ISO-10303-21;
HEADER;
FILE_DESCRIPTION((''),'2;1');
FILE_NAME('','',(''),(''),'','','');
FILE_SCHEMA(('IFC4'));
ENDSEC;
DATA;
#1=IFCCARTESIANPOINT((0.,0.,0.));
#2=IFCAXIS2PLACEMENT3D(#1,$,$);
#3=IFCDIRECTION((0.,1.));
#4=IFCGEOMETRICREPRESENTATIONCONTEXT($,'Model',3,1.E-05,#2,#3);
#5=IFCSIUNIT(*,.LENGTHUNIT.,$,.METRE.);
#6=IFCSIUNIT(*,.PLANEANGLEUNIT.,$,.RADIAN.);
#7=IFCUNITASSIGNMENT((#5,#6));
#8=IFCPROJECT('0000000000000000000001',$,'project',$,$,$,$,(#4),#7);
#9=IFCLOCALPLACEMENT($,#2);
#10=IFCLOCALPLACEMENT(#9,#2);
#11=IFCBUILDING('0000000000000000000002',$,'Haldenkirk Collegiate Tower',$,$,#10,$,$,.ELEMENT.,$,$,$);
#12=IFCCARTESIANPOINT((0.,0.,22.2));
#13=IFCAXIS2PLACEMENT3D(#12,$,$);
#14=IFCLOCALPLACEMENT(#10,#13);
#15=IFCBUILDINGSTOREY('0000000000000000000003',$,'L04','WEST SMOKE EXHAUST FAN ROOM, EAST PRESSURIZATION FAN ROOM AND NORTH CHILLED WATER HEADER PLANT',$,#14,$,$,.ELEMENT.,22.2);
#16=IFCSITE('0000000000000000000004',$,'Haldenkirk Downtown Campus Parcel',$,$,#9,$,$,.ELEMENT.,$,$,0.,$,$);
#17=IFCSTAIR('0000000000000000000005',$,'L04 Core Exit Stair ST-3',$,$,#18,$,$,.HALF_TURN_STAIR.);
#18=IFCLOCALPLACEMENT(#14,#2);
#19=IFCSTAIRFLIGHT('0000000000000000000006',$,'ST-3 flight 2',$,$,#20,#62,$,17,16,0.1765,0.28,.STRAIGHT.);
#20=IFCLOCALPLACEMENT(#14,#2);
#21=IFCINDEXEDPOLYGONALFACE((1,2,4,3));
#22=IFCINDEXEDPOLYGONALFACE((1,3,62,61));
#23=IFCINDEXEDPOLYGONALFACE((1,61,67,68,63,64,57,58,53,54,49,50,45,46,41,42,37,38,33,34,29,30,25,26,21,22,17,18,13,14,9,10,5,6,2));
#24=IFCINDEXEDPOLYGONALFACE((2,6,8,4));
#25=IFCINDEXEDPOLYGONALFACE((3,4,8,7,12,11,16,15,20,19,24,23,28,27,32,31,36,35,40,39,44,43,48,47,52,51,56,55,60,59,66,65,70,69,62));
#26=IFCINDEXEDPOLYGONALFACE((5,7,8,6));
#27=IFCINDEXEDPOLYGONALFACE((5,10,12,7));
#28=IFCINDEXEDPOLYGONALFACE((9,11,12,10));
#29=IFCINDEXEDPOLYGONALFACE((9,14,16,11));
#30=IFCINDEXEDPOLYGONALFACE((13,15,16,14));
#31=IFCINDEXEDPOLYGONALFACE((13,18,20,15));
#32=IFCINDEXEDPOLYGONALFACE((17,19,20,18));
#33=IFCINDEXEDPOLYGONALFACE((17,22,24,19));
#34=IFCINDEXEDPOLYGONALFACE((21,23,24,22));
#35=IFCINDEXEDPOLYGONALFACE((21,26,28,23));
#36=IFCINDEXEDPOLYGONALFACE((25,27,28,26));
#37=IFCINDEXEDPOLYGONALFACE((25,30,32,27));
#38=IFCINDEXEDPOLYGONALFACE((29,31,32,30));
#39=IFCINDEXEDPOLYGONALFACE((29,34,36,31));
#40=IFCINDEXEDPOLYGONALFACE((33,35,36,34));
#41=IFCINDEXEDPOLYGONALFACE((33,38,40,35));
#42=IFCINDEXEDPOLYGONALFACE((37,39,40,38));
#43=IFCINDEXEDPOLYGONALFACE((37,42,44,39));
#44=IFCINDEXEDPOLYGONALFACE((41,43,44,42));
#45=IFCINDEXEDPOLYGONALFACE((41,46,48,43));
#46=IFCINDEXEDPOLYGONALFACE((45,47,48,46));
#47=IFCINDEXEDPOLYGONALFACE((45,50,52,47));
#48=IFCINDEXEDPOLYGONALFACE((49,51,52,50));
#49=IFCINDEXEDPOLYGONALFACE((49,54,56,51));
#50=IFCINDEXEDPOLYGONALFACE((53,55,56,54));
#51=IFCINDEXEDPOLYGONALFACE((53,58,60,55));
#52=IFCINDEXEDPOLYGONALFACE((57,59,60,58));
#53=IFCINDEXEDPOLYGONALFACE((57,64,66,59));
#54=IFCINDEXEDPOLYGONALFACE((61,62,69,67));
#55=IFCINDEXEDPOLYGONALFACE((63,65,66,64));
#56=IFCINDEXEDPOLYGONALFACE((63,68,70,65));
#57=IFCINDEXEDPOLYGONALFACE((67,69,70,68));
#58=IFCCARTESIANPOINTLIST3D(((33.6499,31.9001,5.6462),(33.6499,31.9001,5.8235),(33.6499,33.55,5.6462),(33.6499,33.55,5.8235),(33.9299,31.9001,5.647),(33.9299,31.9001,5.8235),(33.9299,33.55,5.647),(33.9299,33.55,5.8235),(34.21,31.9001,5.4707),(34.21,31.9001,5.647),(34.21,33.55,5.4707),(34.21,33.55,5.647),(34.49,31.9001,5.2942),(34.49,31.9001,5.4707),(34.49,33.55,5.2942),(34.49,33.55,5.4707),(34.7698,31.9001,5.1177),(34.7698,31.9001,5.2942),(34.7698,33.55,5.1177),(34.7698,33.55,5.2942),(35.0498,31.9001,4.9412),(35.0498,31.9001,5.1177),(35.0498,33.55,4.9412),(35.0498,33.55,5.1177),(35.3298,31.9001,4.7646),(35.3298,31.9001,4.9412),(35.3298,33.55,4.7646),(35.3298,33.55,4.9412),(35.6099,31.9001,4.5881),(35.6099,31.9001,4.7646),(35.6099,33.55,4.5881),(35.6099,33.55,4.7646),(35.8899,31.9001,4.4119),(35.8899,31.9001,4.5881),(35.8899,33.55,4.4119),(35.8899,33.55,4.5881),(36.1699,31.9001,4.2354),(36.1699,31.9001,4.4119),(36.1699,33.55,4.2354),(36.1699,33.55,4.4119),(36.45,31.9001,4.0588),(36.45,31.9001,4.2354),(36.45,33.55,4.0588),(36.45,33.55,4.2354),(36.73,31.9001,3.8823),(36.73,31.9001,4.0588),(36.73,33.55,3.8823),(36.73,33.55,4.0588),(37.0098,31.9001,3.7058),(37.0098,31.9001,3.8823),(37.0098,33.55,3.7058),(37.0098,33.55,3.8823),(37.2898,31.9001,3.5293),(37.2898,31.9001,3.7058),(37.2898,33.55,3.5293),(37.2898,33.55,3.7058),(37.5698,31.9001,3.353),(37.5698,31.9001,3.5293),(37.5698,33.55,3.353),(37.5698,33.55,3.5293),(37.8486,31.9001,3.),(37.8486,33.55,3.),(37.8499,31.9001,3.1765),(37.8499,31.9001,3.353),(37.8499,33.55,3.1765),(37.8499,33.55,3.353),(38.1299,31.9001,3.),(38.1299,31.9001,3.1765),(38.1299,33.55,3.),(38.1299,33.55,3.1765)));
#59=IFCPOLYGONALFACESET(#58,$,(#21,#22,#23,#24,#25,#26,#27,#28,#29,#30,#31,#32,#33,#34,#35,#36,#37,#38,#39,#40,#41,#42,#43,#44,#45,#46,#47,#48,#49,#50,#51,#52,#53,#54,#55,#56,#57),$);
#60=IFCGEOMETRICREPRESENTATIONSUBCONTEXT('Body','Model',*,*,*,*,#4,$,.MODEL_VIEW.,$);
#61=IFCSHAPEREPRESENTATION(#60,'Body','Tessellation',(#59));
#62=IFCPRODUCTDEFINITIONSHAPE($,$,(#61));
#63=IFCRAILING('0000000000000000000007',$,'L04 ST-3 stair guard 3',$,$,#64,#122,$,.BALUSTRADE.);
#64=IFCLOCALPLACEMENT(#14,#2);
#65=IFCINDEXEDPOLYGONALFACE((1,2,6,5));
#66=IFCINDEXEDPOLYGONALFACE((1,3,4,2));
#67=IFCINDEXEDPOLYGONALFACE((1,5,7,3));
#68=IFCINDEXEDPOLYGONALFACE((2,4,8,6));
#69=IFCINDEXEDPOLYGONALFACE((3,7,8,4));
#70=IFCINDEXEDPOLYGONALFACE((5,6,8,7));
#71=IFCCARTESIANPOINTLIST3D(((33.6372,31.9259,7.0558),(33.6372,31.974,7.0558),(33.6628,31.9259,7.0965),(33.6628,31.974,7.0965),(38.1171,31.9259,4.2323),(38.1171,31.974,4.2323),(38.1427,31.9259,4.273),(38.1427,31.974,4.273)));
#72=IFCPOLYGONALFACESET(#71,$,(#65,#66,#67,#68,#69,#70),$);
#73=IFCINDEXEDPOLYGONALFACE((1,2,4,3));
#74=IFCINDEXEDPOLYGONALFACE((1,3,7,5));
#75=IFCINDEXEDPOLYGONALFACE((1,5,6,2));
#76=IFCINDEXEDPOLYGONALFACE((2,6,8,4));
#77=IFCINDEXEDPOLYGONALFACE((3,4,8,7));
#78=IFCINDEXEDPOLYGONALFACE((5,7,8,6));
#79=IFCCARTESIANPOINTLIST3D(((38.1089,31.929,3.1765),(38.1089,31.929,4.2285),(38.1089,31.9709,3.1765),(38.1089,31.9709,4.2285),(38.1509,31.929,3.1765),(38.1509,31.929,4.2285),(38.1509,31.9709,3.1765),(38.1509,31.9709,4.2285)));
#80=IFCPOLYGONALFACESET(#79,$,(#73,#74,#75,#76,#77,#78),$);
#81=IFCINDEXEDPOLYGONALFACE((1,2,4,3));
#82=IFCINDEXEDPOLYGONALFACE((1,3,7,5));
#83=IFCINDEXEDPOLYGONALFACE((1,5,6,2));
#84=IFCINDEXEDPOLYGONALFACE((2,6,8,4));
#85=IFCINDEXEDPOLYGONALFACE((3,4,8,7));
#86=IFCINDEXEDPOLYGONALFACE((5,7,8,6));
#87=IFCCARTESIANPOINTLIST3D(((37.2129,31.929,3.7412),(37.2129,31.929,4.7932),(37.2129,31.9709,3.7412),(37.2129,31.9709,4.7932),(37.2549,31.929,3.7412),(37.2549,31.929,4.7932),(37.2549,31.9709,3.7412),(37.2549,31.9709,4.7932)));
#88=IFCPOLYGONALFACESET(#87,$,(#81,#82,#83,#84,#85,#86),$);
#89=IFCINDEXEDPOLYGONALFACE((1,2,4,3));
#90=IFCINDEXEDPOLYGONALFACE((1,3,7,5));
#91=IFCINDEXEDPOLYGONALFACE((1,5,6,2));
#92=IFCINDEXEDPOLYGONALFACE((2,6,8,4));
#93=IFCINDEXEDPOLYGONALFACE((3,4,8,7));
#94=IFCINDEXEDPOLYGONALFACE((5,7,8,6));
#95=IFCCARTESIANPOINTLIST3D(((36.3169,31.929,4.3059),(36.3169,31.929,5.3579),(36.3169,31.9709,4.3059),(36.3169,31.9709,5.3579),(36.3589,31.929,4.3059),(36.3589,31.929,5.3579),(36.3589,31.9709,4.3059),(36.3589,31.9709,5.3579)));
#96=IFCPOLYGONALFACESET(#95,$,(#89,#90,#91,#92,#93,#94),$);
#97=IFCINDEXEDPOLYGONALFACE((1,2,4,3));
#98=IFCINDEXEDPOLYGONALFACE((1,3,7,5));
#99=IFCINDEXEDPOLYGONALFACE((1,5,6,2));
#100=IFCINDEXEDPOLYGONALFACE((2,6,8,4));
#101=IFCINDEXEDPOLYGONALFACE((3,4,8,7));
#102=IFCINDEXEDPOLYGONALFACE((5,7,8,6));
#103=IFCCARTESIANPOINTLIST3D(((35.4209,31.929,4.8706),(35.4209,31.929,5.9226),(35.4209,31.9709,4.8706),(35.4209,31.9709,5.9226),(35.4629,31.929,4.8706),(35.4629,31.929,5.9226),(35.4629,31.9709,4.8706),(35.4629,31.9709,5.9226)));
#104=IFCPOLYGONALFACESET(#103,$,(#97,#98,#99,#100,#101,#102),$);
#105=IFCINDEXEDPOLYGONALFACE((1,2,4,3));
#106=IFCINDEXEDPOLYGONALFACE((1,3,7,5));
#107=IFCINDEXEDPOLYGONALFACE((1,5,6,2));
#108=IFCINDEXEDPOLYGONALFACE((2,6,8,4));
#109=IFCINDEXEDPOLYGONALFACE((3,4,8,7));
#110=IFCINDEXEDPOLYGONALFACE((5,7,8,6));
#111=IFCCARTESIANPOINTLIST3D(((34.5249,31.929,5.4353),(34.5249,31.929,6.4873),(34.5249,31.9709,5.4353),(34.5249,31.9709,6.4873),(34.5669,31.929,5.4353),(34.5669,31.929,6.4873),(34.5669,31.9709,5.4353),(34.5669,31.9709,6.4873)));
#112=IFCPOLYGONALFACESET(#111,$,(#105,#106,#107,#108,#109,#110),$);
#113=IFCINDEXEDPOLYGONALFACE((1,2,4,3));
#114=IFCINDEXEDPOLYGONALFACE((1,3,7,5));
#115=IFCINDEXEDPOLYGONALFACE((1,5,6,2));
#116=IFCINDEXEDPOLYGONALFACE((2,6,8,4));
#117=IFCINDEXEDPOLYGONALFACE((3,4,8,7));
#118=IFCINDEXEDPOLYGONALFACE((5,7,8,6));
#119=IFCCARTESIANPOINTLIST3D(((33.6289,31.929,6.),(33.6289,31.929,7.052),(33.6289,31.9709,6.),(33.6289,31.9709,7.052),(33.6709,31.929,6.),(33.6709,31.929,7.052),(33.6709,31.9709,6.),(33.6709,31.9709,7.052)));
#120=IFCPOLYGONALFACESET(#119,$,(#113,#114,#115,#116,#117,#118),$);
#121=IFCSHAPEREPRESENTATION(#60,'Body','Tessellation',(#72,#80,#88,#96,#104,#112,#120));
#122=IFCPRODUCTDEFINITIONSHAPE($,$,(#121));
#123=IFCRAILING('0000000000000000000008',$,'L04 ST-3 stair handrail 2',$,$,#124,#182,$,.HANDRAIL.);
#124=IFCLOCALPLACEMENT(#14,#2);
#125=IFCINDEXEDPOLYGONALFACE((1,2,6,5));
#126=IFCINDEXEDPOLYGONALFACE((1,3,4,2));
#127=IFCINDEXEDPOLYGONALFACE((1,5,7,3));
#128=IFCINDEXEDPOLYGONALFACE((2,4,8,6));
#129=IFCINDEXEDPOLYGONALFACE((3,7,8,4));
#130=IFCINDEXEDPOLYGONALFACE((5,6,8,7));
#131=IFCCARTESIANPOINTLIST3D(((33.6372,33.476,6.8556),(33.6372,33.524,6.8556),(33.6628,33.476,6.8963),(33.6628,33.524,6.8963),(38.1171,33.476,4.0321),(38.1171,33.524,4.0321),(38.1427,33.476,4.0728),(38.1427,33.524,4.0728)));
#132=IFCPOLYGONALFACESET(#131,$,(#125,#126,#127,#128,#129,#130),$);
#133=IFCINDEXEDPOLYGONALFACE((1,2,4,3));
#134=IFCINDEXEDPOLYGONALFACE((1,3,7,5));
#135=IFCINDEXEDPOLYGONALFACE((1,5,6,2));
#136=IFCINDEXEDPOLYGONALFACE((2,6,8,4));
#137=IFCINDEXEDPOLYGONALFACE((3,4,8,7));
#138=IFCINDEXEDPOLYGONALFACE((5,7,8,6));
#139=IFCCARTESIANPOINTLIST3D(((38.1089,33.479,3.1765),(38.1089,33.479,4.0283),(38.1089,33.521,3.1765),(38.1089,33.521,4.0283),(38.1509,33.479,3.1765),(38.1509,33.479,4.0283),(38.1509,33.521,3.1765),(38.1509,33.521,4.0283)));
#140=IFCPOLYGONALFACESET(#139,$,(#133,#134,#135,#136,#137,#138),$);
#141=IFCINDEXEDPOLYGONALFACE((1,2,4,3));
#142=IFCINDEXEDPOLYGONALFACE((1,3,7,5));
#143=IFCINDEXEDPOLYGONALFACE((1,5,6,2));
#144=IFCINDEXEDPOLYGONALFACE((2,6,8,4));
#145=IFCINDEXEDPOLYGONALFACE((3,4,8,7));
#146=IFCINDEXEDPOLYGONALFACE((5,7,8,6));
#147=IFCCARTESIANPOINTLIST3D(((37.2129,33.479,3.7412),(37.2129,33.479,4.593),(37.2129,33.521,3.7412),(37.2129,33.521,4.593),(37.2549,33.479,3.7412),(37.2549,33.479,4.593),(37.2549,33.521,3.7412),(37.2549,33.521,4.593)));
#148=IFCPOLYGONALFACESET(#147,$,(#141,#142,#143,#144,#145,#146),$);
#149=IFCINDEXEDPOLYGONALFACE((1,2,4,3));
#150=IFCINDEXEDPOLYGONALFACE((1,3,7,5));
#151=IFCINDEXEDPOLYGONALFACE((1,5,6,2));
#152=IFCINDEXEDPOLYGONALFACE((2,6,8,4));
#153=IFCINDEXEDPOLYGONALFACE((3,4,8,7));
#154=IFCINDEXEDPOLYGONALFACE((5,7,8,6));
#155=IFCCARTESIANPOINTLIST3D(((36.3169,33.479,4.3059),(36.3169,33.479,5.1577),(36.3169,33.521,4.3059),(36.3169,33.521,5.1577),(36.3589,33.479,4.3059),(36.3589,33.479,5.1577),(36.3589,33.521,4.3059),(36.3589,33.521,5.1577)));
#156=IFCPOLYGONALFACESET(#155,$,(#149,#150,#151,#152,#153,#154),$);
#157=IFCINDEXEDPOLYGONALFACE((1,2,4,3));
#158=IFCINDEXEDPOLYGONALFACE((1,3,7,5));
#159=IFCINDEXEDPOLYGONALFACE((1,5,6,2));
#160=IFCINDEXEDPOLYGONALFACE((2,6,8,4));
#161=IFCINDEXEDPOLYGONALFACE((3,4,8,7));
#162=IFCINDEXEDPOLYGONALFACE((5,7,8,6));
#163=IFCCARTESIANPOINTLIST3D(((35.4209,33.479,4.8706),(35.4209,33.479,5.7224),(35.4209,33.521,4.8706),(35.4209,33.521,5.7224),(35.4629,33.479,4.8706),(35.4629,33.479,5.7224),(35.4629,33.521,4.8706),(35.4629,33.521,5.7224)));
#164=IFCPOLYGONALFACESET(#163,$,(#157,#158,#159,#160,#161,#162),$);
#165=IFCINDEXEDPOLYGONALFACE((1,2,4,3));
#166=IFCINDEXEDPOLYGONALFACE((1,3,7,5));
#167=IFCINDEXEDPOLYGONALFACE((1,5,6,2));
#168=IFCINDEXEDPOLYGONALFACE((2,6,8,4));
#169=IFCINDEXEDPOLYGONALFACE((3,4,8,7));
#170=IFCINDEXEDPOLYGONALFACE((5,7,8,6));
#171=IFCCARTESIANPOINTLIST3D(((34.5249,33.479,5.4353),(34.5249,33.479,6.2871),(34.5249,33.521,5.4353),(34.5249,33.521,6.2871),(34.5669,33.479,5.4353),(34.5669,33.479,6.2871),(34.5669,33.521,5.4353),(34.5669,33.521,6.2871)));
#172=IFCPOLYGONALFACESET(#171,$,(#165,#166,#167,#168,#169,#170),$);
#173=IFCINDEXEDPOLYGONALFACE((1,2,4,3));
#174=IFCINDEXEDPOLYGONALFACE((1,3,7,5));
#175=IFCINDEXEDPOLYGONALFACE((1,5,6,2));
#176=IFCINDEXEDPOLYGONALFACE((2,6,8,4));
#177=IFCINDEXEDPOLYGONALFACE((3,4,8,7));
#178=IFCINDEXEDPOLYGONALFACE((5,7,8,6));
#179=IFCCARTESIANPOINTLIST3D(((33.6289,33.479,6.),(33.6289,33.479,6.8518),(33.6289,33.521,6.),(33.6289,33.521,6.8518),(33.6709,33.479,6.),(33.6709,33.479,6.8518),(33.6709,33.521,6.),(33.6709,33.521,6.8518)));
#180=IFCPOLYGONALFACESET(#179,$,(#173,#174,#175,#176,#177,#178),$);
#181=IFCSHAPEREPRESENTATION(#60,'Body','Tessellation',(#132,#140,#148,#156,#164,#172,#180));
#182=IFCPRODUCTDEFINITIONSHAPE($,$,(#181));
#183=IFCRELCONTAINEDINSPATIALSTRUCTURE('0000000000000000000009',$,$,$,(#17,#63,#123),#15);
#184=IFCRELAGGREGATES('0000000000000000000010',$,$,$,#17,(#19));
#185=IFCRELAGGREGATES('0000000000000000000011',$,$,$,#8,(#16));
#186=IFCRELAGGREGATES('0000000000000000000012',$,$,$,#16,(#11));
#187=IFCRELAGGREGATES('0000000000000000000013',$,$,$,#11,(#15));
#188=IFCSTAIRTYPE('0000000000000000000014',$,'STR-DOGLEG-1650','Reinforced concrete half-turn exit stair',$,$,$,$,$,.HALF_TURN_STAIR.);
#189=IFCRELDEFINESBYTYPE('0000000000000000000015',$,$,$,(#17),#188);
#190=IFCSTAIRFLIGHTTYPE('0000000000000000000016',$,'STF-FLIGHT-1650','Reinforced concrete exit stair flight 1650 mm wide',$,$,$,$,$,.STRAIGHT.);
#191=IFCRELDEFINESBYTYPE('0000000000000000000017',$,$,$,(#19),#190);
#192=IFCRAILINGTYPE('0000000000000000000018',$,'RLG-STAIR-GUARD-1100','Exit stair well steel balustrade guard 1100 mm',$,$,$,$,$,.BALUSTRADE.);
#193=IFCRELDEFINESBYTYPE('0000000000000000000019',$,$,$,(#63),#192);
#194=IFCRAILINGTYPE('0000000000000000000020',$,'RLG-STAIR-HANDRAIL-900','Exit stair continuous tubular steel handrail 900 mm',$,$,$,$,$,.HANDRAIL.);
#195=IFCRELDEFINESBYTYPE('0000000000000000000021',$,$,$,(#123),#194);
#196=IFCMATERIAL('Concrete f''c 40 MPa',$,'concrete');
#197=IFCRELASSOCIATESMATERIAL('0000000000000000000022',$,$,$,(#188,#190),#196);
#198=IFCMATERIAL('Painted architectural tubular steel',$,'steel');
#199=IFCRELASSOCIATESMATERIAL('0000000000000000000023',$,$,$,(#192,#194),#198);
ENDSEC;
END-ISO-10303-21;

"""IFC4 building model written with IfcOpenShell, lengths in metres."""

from ifc_helpers import new_model, si_unit, direction, frame, origin, origin_2d, place, context, subcontext, project, spatial, polyline, rectangle, outline, extrude, material, type_object, element, aggregate, save


model = new_model("IFC4")

# Units and contexts
model_context = context("Model", 3, precision=1e-05, world=origin(), true_north=direction((0.0, 1.0)))
body_context = subcontext(model_context, "Body", "Model", "MODEL_VIEW")
ifc_project = project(units=[si_unit("LENGTHUNIT", "METRE"), si_unit("PLANEANGLEUNIT", "RADIAN")], contexts=[model_context])

# Site, building, storey
site_placement = place(None, origin())
site = spatial("IfcSite", under=ifc_project, at=site_placement, Name="Haldenkirk Downtown Campus Parcel", CompositionType="ELEMENT", RefElevation=0.0)
building_placement = place(site_placement, origin())
building = spatial("IfcBuilding", under=site, at=building_placement, Name="Haldenkirk Collegiate Tower", CompositionType="ELEMENT")
storey_placement = place(building_placement, frame((0.0, 0.0, 22.2)))
storey = spatial("IfcBuildingStorey", under=building, at=storey_placement, Name="L04", Description="WEST SMOKE EXHAUST FAN ROOM, EAST PRESSURIZATION FAN ROOM AND NORTH CHILLED WATER HEADER PLANT", CompositionType="ELEMENT", Elevation=22.2)

# Stair, stair flight
ifc_material_1 = material(Name="Concrete f'c 40 MPa", Category="concrete")
stair_type = type_object("IfcStairType", Name="STR-DOGLEG-1650", Description="Reinforced concrete half-turn exit stair", PredefinedType="HALF_TURN_STAIR", material=ifc_material_1)
stair_placement = place(storey_placement, origin())
stair = element("IfcStair", 1, at=stair_placement, inside=storey, type_object=stair_type, Name="L04 Core Exit Stair ST-3", PredefinedType="HALF_TURN_STAIR")
stair_flight_type = type_object("IfcStairFlightType", Name="STF-FLIGHT-1650", Description="Reinforced concrete exit stair flight 1650 mm wide", PredefinedType="STRAIGHT", material=ifc_material_1)
stair_flight_placement = place(storey_placement, frame((38.1299, 32.7251, 3.0), z_axis=(0.0, 0.0, 1.0), x_axis=(-1.0, 0.0, 0.0)))
stair_flight = element("IfcStairFlight", 2, at=stair_flight_placement, type_object=stair_flight_type, Name="ST-3 flight 2", NumberOfRisers=17, NumberOfTreads=16, PredefinedType="STRAIGHT", RiserHeight=0.1765, TreadLength=0.28, context=body_context, shape_type="SweptSolid", body=[
    extrude(outline(polyline([(0.0, 0.0), (0.0, 0.1765), (0.28, 0.1765), (0.28, 0.353), (0.5601, 0.353), (0.5601, 0.5293), (0.8401, 0.5293), (0.8401, 0.7058), (1.1201, 0.7058), (1.1201, 0.8823), (1.3999, 0.8823), (1.3999, 1.0588), (1.6799, 1.0588), (1.6799, 1.2354), (1.96, 1.2354), (1.96, 1.4119), (2.24, 1.4119), (2.24, 1.5881), (2.52, 1.5881), (2.52, 1.7646), (2.8, 1.7646), (2.8, 1.9412), (3.0801, 1.9412), (3.0801, 2.1177), (3.3601, 2.1177), (3.3601, 2.2942), (3.6399, 2.2942), (3.6399, 2.4707), (3.9199, 2.4707), (3.9199, 2.647), (4.2, 2.647), (4.2, 2.8235), (4.48, 2.8235), (4.48, 3.0), (4.48, 2.6462), (0.2812, 0.0), (0.0, 0.0)])), frame((0.0, 0.825, 0.0), z_axis=(0.0, -1.0, 0.0), x_axis=(1.0, 0.0, 0.0)), (0.0, 0.0, 1.0), 1.6499),
])
aggregate(stair, [stair_flight])

# Railings
ifc_material_2 = material(Name="Painted architectural tubular steel", Category="steel")
railing_type_1 = type_object("IfcRailingType", Name="RLG-STAIR-GUARD-1100", Description="Exit stair well steel balustrade guard 1100 mm", PredefinedType="BALUSTRADE", material=ifc_material_2)
railing_1_placement = place(storey_placement, frame((38.1299, 31.95, 3.1765)))
element("IfcRailing", 3, at=railing_1_placement, inside=storey, type_object=railing_type_1, Name="L04 ST-3 stair guard 3", PredefinedType="BALUSTRADE", context=body_context, shape_type="SweptSolid", body=[
    extrude(rectangle(XDim=0.0481, YDim=0.0481, at=origin_2d()), frame((0.0, 0.0, 1.0762), z_axis=(-0.845998, 0.0, 0.533186), x_axis=(0.0, -1.0, 0.0)), (0.0, 0.0, 1.0), 5.2954),
    extrude(rectangle(XDim=0.042, YDim=0.042, at=origin_2d()), origin(), (0.0, 0.0, 1.0), 1.052),
    extrude(rectangle(XDim=0.042, YDim=0.042, at=origin_2d()), frame((-0.896, 0.0, 0.5647)), (0.0, 0.0, 1.0), 1.052),
    extrude(rectangle(XDim=0.042, YDim=0.042, at=origin_2d()), frame((-1.792, 0.0, 1.1294)), (0.0, 0.0, 1.0), 1.052),
    extrude(rectangle(XDim=0.042, YDim=0.042, at=origin_2d()), frame((-2.688, 0.0, 1.6941)), (0.0, 0.0, 1.0), 1.052),
    extrude(rectangle(XDim=0.042, YDim=0.042, at=origin_2d()), frame((-3.584, 0.0, 2.2588)), (0.0, 0.0, 1.0), 1.052),
    extrude(rectangle(XDim=0.042, YDim=0.042, at=origin_2d()), frame((-4.48, 0.0, 2.8235)), (0.0, 0.0, 1.0), 1.052),
])
railing_type_2 = type_object("IfcRailingType", Name="RLG-STAIR-HANDRAIL-900", Description="Exit stair continuous tubular steel handrail 900 mm", PredefinedType="HANDRAIL", material=ifc_material_2)
railing_2_placement = place(storey_placement, frame((38.1299, 33.5, 3.1765)))
element("IfcRailing", 4, at=railing_2_placement, inside=storey, type_object=railing_type_2, Name="L04 ST-3 stair handrail 2", PredefinedType="HANDRAIL", context=body_context, shape_type="SweptSolid", body=[
    extrude(rectangle(XDim=0.0481, YDim=0.0481, at=origin_2d()), frame((0.0, 0.0, 0.876), z_axis=(-0.845998, 0.0, 0.533186), x_axis=(0.0, -1.0, 0.0)), (0.0, 0.0, 1.0), 5.2954),
    extrude(rectangle(XDim=0.042, YDim=0.042, at=origin_2d()), origin(), (0.0, 0.0, 1.0), 0.8518),
    extrude(rectangle(XDim=0.042, YDim=0.042, at=origin_2d()), frame((-0.896, 0.0, 0.5647)), (0.0, 0.0, 1.0), 0.8518),
    extrude(rectangle(XDim=0.042, YDim=0.042, at=origin_2d()), frame((-1.792, 0.0, 1.1294)), (0.0, 0.0, 1.0), 0.8518),
    extrude(rectangle(XDim=0.042, YDim=0.042, at=origin_2d()), frame((-2.688, 0.0, 1.6941)), (0.0, 0.0, 1.0), 0.8518),
    extrude(rectangle(XDim=0.042, YDim=0.042, at=origin_2d()), frame((-3.584, 0.0, 2.2588)), (0.0, 0.0, 1.0), 0.8518),
    extrude(rectangle(XDim=0.042, YDim=0.042, at=origin_2d()), frame((-4.48, 0.0, 2.8235)), (0.0, 0.0, 1.0), 0.8518),
])

save(model, "model.ifc")
